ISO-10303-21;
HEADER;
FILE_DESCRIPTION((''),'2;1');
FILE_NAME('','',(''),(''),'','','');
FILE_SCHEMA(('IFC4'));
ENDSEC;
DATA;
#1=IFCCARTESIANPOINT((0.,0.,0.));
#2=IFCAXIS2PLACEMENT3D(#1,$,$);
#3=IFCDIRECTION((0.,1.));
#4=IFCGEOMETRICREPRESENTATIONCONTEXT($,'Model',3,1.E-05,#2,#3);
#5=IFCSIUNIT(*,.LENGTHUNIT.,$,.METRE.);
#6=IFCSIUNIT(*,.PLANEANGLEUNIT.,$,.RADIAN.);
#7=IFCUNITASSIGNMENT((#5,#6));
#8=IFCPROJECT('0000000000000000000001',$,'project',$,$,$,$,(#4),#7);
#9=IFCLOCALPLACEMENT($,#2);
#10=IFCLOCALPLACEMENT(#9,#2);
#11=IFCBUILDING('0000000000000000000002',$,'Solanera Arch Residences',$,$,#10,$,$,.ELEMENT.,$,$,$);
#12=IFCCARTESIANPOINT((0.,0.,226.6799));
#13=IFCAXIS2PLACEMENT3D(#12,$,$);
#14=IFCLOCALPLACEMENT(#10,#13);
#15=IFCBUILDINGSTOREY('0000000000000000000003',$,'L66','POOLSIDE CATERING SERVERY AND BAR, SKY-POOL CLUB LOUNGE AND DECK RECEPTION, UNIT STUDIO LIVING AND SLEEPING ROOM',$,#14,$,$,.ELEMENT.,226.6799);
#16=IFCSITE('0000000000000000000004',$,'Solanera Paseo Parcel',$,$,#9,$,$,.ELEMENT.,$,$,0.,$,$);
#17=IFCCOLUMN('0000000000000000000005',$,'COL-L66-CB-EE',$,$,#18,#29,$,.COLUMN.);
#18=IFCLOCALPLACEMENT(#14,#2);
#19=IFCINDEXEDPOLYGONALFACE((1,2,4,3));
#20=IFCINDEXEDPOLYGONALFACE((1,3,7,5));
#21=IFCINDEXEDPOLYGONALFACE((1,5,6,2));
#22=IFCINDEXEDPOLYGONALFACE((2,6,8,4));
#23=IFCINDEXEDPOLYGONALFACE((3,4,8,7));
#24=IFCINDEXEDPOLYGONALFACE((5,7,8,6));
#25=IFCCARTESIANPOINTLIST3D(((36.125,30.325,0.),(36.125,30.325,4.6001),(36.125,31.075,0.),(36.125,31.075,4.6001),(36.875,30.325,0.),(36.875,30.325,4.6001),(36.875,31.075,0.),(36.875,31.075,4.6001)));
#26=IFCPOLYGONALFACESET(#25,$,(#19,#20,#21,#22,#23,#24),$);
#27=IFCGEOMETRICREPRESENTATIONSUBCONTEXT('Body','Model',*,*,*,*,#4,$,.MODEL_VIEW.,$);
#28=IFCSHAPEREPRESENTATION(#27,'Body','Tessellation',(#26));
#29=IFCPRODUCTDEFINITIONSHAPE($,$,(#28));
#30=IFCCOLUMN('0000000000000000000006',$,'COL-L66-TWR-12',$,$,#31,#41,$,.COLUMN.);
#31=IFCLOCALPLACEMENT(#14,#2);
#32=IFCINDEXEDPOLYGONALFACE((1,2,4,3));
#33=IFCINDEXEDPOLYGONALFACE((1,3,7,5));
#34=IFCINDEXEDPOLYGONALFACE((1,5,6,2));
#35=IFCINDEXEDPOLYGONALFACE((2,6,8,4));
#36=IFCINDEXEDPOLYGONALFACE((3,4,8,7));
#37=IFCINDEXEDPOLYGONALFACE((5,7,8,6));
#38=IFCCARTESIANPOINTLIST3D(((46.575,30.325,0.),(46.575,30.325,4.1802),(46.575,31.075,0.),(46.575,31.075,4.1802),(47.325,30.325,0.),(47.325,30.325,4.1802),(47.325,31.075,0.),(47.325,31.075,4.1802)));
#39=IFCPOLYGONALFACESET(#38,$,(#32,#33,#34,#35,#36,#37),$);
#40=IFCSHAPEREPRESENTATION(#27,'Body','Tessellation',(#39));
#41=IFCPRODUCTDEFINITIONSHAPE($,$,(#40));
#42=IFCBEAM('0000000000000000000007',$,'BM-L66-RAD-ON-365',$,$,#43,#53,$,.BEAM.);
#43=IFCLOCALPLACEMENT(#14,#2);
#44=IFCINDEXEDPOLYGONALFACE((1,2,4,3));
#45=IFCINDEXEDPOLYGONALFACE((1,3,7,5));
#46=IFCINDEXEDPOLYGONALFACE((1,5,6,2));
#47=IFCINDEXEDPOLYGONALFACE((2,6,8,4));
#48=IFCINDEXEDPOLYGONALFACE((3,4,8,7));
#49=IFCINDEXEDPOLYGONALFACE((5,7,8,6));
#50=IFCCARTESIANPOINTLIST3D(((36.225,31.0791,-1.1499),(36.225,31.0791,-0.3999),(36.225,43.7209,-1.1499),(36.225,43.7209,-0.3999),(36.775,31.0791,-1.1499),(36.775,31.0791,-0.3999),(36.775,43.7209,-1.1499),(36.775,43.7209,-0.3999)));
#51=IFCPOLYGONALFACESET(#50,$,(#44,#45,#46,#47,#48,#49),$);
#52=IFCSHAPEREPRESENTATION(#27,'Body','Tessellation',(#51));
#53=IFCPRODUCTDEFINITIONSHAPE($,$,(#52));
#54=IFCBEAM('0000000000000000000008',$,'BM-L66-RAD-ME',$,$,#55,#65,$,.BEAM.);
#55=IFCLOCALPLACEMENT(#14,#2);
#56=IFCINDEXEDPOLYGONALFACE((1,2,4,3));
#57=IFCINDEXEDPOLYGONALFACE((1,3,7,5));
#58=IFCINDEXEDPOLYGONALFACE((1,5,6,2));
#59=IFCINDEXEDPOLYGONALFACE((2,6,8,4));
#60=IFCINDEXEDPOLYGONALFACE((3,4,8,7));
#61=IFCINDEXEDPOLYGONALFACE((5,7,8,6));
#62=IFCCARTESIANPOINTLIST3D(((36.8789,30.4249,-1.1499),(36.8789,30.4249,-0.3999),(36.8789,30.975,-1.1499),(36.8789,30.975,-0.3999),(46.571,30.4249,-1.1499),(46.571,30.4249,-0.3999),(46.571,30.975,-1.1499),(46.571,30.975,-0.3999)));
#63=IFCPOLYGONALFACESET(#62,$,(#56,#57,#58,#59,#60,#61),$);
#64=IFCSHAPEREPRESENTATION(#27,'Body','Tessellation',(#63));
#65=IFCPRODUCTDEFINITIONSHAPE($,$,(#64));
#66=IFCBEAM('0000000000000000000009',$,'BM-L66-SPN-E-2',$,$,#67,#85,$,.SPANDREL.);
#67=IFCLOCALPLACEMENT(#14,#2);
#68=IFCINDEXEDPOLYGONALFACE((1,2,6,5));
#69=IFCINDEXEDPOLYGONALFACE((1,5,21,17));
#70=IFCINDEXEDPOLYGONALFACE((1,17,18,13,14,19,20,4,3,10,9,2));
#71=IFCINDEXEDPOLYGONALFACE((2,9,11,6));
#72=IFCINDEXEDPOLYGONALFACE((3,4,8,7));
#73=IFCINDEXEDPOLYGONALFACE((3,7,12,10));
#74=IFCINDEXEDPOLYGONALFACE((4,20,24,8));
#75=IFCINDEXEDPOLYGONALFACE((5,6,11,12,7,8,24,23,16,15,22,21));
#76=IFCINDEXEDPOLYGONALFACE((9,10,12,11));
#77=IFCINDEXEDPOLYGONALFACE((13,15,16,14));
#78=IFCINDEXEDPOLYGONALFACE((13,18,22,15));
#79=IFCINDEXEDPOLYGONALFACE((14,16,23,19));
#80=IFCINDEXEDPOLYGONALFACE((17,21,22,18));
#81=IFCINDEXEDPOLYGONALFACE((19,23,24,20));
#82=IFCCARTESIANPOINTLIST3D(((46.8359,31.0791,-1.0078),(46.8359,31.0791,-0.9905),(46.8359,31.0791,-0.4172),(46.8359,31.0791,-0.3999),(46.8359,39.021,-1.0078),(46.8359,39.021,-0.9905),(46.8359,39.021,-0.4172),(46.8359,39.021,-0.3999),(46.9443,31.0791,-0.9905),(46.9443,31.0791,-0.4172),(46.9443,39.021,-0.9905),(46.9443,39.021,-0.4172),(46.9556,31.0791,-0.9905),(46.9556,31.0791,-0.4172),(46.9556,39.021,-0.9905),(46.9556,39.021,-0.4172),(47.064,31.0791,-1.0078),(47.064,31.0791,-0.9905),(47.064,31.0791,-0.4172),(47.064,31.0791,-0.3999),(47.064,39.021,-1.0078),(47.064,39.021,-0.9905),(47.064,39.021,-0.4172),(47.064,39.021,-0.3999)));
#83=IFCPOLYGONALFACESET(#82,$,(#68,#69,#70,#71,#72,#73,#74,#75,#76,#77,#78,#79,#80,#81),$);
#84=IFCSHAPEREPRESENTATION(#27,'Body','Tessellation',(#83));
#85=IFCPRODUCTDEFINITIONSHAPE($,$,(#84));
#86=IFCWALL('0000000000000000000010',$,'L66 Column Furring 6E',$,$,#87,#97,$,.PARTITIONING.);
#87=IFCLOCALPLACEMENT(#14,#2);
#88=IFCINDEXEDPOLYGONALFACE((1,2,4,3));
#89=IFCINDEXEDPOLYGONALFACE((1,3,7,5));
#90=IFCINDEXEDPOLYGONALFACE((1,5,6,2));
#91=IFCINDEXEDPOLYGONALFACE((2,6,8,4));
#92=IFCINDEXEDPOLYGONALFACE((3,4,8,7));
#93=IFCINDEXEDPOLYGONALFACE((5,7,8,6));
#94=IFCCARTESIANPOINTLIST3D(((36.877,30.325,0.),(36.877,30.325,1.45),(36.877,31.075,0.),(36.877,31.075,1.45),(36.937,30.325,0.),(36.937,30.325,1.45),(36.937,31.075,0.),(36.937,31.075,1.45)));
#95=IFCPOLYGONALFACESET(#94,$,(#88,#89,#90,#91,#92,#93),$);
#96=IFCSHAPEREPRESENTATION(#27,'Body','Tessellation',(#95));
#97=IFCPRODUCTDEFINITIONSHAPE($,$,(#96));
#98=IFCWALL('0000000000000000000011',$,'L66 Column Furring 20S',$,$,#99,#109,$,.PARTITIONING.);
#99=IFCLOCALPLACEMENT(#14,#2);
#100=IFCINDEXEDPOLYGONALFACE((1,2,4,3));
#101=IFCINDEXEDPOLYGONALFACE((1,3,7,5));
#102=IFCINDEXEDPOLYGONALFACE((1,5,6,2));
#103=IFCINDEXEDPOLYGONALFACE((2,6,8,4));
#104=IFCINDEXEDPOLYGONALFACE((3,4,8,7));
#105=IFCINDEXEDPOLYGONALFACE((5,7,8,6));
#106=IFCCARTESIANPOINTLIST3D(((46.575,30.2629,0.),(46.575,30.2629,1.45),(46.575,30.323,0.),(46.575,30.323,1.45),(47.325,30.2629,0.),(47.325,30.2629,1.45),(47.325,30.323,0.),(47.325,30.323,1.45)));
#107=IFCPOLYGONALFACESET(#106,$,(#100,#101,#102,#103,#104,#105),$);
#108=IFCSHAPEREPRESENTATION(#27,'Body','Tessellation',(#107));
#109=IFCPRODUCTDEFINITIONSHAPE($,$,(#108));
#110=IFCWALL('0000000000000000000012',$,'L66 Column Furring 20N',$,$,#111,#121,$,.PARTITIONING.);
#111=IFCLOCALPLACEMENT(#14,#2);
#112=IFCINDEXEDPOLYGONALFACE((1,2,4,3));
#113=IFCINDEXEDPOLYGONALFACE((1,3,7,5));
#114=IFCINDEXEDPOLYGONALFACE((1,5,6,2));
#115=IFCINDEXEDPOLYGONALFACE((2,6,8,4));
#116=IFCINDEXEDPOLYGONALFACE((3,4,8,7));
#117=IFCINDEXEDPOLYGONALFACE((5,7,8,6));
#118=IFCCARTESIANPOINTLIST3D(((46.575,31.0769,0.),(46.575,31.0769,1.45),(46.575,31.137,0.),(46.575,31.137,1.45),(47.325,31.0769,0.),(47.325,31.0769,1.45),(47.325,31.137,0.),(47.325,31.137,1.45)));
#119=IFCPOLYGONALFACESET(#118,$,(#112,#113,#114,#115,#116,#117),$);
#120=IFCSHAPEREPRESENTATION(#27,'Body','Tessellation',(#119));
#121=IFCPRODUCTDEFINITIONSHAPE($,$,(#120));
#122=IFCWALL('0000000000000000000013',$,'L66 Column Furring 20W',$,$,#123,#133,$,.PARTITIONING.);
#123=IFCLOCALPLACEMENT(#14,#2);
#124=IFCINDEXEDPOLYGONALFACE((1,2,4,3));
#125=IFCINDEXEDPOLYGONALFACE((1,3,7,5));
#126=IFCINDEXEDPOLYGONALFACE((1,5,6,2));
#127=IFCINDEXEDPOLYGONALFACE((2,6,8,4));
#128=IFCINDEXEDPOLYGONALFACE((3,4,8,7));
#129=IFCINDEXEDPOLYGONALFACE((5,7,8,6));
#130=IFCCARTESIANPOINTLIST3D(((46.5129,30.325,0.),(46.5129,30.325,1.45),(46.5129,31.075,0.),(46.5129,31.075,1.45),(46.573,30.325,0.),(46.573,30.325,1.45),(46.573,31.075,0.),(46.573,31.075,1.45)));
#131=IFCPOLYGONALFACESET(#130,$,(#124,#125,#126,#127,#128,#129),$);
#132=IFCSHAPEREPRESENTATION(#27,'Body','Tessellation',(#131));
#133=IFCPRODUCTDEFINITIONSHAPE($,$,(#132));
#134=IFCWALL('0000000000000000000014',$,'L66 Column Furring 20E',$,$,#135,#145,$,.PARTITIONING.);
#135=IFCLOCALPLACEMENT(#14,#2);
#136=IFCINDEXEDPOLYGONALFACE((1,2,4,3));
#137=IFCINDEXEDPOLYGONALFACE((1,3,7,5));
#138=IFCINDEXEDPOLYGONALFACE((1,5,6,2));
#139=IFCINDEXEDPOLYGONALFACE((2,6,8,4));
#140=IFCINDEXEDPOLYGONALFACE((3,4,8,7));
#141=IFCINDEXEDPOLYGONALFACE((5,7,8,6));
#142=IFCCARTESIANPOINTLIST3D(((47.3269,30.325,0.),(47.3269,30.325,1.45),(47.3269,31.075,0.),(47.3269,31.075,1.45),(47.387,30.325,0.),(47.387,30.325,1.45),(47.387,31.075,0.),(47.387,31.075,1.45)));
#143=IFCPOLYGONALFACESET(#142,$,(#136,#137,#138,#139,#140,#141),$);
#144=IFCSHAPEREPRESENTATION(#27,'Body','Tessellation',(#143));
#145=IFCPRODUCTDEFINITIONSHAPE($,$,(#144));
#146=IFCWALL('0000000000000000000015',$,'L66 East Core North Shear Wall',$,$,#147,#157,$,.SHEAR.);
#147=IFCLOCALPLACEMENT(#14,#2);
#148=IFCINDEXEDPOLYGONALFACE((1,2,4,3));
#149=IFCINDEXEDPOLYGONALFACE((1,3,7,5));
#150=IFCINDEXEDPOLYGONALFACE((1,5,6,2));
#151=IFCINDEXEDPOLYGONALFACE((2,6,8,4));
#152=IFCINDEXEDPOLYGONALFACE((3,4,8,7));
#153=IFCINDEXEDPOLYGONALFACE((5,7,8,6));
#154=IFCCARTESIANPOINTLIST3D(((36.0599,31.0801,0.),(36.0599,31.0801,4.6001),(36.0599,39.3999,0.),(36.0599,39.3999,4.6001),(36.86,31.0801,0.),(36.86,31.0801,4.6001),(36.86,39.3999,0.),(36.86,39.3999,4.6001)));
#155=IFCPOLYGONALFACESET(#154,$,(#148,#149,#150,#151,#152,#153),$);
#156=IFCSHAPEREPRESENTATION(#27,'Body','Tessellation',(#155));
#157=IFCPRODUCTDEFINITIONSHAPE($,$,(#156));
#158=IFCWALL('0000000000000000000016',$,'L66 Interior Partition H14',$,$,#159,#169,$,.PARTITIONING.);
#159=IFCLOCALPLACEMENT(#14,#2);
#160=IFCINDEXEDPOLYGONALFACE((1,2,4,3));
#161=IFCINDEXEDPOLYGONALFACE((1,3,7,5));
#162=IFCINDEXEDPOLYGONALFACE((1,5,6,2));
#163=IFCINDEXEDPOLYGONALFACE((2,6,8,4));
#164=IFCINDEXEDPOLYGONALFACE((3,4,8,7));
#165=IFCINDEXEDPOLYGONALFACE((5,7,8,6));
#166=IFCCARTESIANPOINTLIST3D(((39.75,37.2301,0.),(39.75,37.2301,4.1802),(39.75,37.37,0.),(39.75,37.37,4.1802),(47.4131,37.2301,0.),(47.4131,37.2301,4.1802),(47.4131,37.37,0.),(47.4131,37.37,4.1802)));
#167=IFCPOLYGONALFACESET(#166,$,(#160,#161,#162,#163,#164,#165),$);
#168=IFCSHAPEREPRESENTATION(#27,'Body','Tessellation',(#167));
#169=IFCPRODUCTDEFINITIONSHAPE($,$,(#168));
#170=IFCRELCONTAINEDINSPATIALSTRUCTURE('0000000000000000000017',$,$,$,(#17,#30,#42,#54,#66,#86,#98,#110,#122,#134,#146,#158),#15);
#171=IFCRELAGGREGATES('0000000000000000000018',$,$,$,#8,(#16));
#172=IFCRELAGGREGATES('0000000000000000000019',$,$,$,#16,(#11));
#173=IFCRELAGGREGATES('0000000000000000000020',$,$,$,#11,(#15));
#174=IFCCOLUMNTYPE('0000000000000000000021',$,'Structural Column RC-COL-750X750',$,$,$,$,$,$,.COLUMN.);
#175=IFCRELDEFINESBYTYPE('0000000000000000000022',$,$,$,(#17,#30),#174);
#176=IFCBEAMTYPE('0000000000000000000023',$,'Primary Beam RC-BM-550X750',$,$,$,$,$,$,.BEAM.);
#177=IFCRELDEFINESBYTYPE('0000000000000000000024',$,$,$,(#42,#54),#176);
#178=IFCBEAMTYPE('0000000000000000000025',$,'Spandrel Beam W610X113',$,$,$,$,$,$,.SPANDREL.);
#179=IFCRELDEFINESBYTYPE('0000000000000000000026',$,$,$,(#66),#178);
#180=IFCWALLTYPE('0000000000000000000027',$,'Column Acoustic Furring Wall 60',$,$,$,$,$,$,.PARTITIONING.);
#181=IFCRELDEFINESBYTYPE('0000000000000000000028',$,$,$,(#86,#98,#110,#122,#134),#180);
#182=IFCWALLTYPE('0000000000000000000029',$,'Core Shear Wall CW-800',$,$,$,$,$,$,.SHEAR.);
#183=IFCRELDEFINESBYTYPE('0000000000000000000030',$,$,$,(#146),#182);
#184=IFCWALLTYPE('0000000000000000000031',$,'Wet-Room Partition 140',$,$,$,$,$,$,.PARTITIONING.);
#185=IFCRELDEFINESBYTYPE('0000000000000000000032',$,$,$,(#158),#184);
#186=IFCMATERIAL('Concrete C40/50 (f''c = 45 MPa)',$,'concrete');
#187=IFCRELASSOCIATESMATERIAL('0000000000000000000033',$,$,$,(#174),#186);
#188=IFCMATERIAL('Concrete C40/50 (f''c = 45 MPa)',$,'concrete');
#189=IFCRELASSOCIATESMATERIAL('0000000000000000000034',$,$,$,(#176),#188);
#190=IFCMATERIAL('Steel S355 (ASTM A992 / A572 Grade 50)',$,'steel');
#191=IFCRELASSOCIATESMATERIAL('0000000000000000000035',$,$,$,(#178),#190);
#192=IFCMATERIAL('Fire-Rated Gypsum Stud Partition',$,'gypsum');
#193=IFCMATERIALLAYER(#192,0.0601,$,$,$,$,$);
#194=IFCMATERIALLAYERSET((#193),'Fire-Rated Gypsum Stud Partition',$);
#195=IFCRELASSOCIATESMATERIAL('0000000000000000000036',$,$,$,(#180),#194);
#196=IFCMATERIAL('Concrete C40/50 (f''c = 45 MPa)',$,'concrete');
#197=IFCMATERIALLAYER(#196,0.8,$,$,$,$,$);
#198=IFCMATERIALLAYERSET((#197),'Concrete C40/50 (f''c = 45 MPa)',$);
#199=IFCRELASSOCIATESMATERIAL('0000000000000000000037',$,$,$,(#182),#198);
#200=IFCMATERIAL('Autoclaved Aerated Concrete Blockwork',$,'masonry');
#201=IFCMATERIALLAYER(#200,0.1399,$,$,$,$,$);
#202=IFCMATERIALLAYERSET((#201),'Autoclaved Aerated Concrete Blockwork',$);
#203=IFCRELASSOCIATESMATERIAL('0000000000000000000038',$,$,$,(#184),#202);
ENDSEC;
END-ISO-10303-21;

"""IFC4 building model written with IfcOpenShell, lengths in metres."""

from ifc_helpers import new_model, si_unit, direction, frame, frame_2d, origin, origin_2d, place, context, subcontext, project, spatial, rectangle, i_section, extrude, material, layer, layer_set, material_profile, profile_set, type_object, element, save


model = new_model("IFC4")

# Units and contexts
model_context = context("Model", 3, precision=1e-05, world=origin(), true_north=direction((0.0, 1.0)))
body_context = subcontext(model_context, "Body", "Model", "MODEL_VIEW")
ifc_project = project(units=[si_unit("LENGTHUNIT", "METRE"), si_unit("PLANEANGLEUNIT", "RADIAN")], contexts=[model_context])

# Site, building, storey
site_placement = place(None, origin())
site = spatial("IfcSite", under=ifc_project, at=site_placement, Name="Solanera Paseo Parcel", CompositionType="ELEMENT", RefElevation=0.0)
building_placement = place(site_placement, origin())
building = spatial("IfcBuilding", under=site, at=building_placement, Name="Solanera Arch Residences", CompositionType="ELEMENT")
storey_placement = place(building_placement, frame((0.0, 0.0, 226.6799)))
storey = spatial("IfcBuildingStorey", under=building, at=storey_placement, Name="L66", Description="POOLSIDE CATERING SERVERY AND BAR, SKY-POOL CLUB LOUNGE AND DECK RECEPTION, UNIT STUDIO LIVING AND SLEEPING ROOM", CompositionType="ELEMENT", Elevation=226.6799)

# Columns
ifc_material_1 = material(Name="Concrete C40/50 (f'c = 45 MPa)", Category="concrete")
ifc_material_profile_1 = material_profile(ifc_material_1, rectangle(XDim=0.75, YDim=0.75, at=origin_2d()))
ifc_profile_set_1 = profile_set([ifc_material_profile_1], Name="Concrete C40/50 (f'c = 45 MPa)")
column_type = type_object("IfcColumnType", Name="Structural Column RC-COL-750X750", PredefinedType="COLUMN", material=ifc_profile_set_1)
column_1_placement = place(storey_placement, frame((36.5, 30.7, 0.0), z_axis=(0.0, 0.0, 1.0), x_axis=(1.0, 0.0, 0.0)))
element("IfcColumn", 1, at=column_1_placement, inside=storey, type_object=column_type, Name="COL-L66-CB-EE", PredefinedType="COLUMN", context=body_context, shape_type="SweptSolid", body=[
    extrude(rectangle(XDim=0.75, YDim=0.75, at=origin_2d()), origin(), (0.0, 0.0, 1.0), 4.6001),
])
column_2_placement = place(storey_placement, frame((46.95, 30.7, 0.0), z_axis=(0.0, 0.0, 1.0), x_axis=(1.0, 0.0, 0.0)))
element("IfcColumn", 2, at=column_2_placement, inside=storey, type_object=column_type, Name="COL-L66-TWR-12", PredefinedType="COLUMN", context=body_context, shape_type="SweptSolid", body=[
    extrude(rectangle(XDim=0.75, YDim=0.75, at=origin_2d()), origin(), (0.0, 0.0, 1.0), 4.1802),
])

# Beams
ifc_material_2 = material(Name="Concrete C40/50 (f'c = 45 MPa)", Category="concrete")
ifc_material_profile_2 = material_profile(ifc_material_2, rectangle(XDim=0.55, YDim=0.75, at=origin_2d()))
ifc_profile_set_2 = profile_set([ifc_material_profile_2], Name="Concrete C40/50 (f'c = 45 MPa)")
beam_type_1 = type_object("IfcBeamType", Name="Primary Beam RC-BM-550X750", PredefinedType="BEAM", material=ifc_profile_set_2)
beam_1_placement = place(storey_placement, frame((36.5, 31.0791, -0.7749), z_axis=(0.0, 1.0, 0.0), x_axis=(-1.0, 0.0, 0.0)))
element("IfcBeam", 3, at=beam_1_placement, inside=storey, type_object=beam_type_1, Name="BM-L66-RAD-ON-365", PredefinedType="BEAM", context=body_context, shape_type="SweptSolid", body=[
    extrude(rectangle(XDim=0.55, YDim=0.75, at=origin_2d()), origin(), (0.0, 0.0, 1.0), 12.6418),
])
beam_2_placement = place(storey_placement, frame((36.8789, 30.7, -0.7749), z_axis=(1.0, 0.0, 0.0), x_axis=(0.0, 1.0, 0.0)))
element("IfcBeam", 4, at=beam_2_placement, inside=storey, type_object=beam_type_1, Name="BM-L66-RAD-ME", PredefinedType="BEAM", context=body_context, shape_type="SweptSolid", body=[
    extrude(rectangle(XDim=0.55, YDim=0.75, at=origin_2d()), origin(), (0.0, 0.0, 1.0), 9.6921),
])
ifc_material_3 = material(Name="Steel S355 (ASTM A992 / A572 Grade 50)", Category="steel")
ifc_material_profile_3 = material_profile(ifc_material_3, i_section(OverallWidth=0.228, OverallDepth=0.6079, WebThickness=0.0112, FlangeThickness=0.0173, at=origin_2d()))
ifc_profile_set_3 = profile_set([ifc_material_profile_3], Name="Steel S355 (ASTM A992 / A572 Grade 50)")
beam_type_2 = type_object("IfcBeamType", Name="Spandrel Beam W610X113", PredefinedType="SPANDREL", material=ifc_profile_set_3)
beam_3_placement = place(storey_placement, frame((46.95, 31.0791, -0.7039), z_axis=(0.0, 1.0, 0.0), x_axis=(-1.0, 0.0, 0.0)))
element("IfcBeam", 5, at=beam_3_placement, inside=storey, type_object=beam_type_2, Name="BM-L66-SPN-E-2", PredefinedType="SPANDREL", context=body_context, shape_type="SweptSolid", body=[
    extrude(i_section(OverallWidth=0.228, OverallDepth=0.6079, WebThickness=0.0112, FlangeThickness=0.0173, at=origin_2d()), origin(), (0.0, 0.0, 1.0), 7.9419),
])

# Walls
ifc_material_4 = material(Name="Fire-Rated Gypsum Stud Partition", Category="gypsum")
ifc_layer_1 = layer(ifc_material_4, 0.0601)
ifc_layer_set_1 = layer_set([ifc_layer_1], Name="Fire-Rated Gypsum Stud Partition")
wall_type_1 = type_object("IfcWallType", Name="Column Acoustic Furring Wall 60", PredefinedType="PARTITIONING", material=ifc_layer_set_1)
for number, where, z_axis, x_axis, name in (
    (6, (36.907, 30.325, 0.0), (0.0, 0.0, 1.0), (0.0, 1.0, 0.0), "L66 Column Furring 6E"),
    (7, (46.575, 30.293, 0.0), (0.0, 0.0, 1.0), (1.0, 0.0, 0.0), "L66 Column Furring 20S"),
    (8, (46.575, 31.1069, 0.0), (0.0, 0.0, 1.0), (1.0, 0.0, 0.0), "L66 Column Furring 20N"),
    (9, (46.543, 30.325, 0.0), (0.0, 0.0, 1.0), (0.0, 1.0, 0.0), "L66 Column Furring 20W"),
    (10, (47.3569, 30.325, 0.0), (0.0, 0.0, 1.0), (0.0, 1.0, 0.0), "L66 Column Furring 20E"),
):
    element("IfcWall", number, at=place(storey_placement, frame(where, z_axis=z_axis, x_axis=x_axis)), inside=storey, type_object=wall_type_1, Name=name, PredefinedType="PARTITIONING", context=body_context, shape_type="SweptSolid", body=[
        extrude(rectangle(XDim=0.75, YDim=0.0601, at=frame_2d((0.375, 0.0))), origin(), (0.0, 0.0, 1.0), 1.45),
    ])
ifc_material_5 = material(Name="Concrete C40/50 (f'c = 45 MPa)", Category="concrete")
ifc_layer_2 = layer(ifc_material_5, 0.8)
ifc_layer_set_2 = layer_set([ifc_layer_2], Name="Concrete C40/50 (f'c = 45 MPa)")
wall_type_2 = type_object("IfcWallType", Name="Core Shear Wall CW-800", PredefinedType="SHEAR", material=ifc_layer_set_2)
wall_1_placement = place(storey_placement, frame((36.46, 31.0801, 0.0), z_axis=(0.0, 0.0, 1.0), x_axis=(0.0, 1.0, 0.0)))
element("IfcWall", 11, at=wall_1_placement, inside=storey, type_object=wall_type_2, Name="L66 East Core North Shear Wall", PredefinedType="SHEAR", context=body_context, shape_type="SweptSolid", body=[
    extrude(rectangle(XDim=8.3198, YDim=0.8, at=frame_2d((4.1599, 0.0))), origin(), (0.0, 0.0, 1.0), 4.6001),
])
ifc_material_6 = material(Name="Autoclaved Aerated Concrete Blockwork", Category="masonry")
ifc_layer_3 = layer(ifc_material_6, 0.1399)
ifc_layer_set_3 = layer_set([ifc_layer_3], Name="Autoclaved Aerated Concrete Blockwork")
wall_type_3 = type_object("IfcWallType", Name="Wet-Room Partition 140", PredefinedType="PARTITIONING", material=ifc_layer_set_3)
wall_2_placement = place(storey_placement, frame((39.75, 37.3, 0.0), z_axis=(0.0, 0.0, 1.0), x_axis=(1.0, 0.0, 0.0)))
element("IfcWall", 12, at=wall_2_placement, inside=storey, type_object=wall_type_3, Name="L66 Interior Partition H14", PredefinedType="PARTITIONING", context=body_context, shape_type="SweptSolid", body=[
    extrude(rectangle(XDim=7.6631, YDim=0.1399, at=frame_2d((3.8315, 0.0))), origin(), (0.0, 0.0, 1.0), 4.1802),
])

save(model, "model.ifc")
